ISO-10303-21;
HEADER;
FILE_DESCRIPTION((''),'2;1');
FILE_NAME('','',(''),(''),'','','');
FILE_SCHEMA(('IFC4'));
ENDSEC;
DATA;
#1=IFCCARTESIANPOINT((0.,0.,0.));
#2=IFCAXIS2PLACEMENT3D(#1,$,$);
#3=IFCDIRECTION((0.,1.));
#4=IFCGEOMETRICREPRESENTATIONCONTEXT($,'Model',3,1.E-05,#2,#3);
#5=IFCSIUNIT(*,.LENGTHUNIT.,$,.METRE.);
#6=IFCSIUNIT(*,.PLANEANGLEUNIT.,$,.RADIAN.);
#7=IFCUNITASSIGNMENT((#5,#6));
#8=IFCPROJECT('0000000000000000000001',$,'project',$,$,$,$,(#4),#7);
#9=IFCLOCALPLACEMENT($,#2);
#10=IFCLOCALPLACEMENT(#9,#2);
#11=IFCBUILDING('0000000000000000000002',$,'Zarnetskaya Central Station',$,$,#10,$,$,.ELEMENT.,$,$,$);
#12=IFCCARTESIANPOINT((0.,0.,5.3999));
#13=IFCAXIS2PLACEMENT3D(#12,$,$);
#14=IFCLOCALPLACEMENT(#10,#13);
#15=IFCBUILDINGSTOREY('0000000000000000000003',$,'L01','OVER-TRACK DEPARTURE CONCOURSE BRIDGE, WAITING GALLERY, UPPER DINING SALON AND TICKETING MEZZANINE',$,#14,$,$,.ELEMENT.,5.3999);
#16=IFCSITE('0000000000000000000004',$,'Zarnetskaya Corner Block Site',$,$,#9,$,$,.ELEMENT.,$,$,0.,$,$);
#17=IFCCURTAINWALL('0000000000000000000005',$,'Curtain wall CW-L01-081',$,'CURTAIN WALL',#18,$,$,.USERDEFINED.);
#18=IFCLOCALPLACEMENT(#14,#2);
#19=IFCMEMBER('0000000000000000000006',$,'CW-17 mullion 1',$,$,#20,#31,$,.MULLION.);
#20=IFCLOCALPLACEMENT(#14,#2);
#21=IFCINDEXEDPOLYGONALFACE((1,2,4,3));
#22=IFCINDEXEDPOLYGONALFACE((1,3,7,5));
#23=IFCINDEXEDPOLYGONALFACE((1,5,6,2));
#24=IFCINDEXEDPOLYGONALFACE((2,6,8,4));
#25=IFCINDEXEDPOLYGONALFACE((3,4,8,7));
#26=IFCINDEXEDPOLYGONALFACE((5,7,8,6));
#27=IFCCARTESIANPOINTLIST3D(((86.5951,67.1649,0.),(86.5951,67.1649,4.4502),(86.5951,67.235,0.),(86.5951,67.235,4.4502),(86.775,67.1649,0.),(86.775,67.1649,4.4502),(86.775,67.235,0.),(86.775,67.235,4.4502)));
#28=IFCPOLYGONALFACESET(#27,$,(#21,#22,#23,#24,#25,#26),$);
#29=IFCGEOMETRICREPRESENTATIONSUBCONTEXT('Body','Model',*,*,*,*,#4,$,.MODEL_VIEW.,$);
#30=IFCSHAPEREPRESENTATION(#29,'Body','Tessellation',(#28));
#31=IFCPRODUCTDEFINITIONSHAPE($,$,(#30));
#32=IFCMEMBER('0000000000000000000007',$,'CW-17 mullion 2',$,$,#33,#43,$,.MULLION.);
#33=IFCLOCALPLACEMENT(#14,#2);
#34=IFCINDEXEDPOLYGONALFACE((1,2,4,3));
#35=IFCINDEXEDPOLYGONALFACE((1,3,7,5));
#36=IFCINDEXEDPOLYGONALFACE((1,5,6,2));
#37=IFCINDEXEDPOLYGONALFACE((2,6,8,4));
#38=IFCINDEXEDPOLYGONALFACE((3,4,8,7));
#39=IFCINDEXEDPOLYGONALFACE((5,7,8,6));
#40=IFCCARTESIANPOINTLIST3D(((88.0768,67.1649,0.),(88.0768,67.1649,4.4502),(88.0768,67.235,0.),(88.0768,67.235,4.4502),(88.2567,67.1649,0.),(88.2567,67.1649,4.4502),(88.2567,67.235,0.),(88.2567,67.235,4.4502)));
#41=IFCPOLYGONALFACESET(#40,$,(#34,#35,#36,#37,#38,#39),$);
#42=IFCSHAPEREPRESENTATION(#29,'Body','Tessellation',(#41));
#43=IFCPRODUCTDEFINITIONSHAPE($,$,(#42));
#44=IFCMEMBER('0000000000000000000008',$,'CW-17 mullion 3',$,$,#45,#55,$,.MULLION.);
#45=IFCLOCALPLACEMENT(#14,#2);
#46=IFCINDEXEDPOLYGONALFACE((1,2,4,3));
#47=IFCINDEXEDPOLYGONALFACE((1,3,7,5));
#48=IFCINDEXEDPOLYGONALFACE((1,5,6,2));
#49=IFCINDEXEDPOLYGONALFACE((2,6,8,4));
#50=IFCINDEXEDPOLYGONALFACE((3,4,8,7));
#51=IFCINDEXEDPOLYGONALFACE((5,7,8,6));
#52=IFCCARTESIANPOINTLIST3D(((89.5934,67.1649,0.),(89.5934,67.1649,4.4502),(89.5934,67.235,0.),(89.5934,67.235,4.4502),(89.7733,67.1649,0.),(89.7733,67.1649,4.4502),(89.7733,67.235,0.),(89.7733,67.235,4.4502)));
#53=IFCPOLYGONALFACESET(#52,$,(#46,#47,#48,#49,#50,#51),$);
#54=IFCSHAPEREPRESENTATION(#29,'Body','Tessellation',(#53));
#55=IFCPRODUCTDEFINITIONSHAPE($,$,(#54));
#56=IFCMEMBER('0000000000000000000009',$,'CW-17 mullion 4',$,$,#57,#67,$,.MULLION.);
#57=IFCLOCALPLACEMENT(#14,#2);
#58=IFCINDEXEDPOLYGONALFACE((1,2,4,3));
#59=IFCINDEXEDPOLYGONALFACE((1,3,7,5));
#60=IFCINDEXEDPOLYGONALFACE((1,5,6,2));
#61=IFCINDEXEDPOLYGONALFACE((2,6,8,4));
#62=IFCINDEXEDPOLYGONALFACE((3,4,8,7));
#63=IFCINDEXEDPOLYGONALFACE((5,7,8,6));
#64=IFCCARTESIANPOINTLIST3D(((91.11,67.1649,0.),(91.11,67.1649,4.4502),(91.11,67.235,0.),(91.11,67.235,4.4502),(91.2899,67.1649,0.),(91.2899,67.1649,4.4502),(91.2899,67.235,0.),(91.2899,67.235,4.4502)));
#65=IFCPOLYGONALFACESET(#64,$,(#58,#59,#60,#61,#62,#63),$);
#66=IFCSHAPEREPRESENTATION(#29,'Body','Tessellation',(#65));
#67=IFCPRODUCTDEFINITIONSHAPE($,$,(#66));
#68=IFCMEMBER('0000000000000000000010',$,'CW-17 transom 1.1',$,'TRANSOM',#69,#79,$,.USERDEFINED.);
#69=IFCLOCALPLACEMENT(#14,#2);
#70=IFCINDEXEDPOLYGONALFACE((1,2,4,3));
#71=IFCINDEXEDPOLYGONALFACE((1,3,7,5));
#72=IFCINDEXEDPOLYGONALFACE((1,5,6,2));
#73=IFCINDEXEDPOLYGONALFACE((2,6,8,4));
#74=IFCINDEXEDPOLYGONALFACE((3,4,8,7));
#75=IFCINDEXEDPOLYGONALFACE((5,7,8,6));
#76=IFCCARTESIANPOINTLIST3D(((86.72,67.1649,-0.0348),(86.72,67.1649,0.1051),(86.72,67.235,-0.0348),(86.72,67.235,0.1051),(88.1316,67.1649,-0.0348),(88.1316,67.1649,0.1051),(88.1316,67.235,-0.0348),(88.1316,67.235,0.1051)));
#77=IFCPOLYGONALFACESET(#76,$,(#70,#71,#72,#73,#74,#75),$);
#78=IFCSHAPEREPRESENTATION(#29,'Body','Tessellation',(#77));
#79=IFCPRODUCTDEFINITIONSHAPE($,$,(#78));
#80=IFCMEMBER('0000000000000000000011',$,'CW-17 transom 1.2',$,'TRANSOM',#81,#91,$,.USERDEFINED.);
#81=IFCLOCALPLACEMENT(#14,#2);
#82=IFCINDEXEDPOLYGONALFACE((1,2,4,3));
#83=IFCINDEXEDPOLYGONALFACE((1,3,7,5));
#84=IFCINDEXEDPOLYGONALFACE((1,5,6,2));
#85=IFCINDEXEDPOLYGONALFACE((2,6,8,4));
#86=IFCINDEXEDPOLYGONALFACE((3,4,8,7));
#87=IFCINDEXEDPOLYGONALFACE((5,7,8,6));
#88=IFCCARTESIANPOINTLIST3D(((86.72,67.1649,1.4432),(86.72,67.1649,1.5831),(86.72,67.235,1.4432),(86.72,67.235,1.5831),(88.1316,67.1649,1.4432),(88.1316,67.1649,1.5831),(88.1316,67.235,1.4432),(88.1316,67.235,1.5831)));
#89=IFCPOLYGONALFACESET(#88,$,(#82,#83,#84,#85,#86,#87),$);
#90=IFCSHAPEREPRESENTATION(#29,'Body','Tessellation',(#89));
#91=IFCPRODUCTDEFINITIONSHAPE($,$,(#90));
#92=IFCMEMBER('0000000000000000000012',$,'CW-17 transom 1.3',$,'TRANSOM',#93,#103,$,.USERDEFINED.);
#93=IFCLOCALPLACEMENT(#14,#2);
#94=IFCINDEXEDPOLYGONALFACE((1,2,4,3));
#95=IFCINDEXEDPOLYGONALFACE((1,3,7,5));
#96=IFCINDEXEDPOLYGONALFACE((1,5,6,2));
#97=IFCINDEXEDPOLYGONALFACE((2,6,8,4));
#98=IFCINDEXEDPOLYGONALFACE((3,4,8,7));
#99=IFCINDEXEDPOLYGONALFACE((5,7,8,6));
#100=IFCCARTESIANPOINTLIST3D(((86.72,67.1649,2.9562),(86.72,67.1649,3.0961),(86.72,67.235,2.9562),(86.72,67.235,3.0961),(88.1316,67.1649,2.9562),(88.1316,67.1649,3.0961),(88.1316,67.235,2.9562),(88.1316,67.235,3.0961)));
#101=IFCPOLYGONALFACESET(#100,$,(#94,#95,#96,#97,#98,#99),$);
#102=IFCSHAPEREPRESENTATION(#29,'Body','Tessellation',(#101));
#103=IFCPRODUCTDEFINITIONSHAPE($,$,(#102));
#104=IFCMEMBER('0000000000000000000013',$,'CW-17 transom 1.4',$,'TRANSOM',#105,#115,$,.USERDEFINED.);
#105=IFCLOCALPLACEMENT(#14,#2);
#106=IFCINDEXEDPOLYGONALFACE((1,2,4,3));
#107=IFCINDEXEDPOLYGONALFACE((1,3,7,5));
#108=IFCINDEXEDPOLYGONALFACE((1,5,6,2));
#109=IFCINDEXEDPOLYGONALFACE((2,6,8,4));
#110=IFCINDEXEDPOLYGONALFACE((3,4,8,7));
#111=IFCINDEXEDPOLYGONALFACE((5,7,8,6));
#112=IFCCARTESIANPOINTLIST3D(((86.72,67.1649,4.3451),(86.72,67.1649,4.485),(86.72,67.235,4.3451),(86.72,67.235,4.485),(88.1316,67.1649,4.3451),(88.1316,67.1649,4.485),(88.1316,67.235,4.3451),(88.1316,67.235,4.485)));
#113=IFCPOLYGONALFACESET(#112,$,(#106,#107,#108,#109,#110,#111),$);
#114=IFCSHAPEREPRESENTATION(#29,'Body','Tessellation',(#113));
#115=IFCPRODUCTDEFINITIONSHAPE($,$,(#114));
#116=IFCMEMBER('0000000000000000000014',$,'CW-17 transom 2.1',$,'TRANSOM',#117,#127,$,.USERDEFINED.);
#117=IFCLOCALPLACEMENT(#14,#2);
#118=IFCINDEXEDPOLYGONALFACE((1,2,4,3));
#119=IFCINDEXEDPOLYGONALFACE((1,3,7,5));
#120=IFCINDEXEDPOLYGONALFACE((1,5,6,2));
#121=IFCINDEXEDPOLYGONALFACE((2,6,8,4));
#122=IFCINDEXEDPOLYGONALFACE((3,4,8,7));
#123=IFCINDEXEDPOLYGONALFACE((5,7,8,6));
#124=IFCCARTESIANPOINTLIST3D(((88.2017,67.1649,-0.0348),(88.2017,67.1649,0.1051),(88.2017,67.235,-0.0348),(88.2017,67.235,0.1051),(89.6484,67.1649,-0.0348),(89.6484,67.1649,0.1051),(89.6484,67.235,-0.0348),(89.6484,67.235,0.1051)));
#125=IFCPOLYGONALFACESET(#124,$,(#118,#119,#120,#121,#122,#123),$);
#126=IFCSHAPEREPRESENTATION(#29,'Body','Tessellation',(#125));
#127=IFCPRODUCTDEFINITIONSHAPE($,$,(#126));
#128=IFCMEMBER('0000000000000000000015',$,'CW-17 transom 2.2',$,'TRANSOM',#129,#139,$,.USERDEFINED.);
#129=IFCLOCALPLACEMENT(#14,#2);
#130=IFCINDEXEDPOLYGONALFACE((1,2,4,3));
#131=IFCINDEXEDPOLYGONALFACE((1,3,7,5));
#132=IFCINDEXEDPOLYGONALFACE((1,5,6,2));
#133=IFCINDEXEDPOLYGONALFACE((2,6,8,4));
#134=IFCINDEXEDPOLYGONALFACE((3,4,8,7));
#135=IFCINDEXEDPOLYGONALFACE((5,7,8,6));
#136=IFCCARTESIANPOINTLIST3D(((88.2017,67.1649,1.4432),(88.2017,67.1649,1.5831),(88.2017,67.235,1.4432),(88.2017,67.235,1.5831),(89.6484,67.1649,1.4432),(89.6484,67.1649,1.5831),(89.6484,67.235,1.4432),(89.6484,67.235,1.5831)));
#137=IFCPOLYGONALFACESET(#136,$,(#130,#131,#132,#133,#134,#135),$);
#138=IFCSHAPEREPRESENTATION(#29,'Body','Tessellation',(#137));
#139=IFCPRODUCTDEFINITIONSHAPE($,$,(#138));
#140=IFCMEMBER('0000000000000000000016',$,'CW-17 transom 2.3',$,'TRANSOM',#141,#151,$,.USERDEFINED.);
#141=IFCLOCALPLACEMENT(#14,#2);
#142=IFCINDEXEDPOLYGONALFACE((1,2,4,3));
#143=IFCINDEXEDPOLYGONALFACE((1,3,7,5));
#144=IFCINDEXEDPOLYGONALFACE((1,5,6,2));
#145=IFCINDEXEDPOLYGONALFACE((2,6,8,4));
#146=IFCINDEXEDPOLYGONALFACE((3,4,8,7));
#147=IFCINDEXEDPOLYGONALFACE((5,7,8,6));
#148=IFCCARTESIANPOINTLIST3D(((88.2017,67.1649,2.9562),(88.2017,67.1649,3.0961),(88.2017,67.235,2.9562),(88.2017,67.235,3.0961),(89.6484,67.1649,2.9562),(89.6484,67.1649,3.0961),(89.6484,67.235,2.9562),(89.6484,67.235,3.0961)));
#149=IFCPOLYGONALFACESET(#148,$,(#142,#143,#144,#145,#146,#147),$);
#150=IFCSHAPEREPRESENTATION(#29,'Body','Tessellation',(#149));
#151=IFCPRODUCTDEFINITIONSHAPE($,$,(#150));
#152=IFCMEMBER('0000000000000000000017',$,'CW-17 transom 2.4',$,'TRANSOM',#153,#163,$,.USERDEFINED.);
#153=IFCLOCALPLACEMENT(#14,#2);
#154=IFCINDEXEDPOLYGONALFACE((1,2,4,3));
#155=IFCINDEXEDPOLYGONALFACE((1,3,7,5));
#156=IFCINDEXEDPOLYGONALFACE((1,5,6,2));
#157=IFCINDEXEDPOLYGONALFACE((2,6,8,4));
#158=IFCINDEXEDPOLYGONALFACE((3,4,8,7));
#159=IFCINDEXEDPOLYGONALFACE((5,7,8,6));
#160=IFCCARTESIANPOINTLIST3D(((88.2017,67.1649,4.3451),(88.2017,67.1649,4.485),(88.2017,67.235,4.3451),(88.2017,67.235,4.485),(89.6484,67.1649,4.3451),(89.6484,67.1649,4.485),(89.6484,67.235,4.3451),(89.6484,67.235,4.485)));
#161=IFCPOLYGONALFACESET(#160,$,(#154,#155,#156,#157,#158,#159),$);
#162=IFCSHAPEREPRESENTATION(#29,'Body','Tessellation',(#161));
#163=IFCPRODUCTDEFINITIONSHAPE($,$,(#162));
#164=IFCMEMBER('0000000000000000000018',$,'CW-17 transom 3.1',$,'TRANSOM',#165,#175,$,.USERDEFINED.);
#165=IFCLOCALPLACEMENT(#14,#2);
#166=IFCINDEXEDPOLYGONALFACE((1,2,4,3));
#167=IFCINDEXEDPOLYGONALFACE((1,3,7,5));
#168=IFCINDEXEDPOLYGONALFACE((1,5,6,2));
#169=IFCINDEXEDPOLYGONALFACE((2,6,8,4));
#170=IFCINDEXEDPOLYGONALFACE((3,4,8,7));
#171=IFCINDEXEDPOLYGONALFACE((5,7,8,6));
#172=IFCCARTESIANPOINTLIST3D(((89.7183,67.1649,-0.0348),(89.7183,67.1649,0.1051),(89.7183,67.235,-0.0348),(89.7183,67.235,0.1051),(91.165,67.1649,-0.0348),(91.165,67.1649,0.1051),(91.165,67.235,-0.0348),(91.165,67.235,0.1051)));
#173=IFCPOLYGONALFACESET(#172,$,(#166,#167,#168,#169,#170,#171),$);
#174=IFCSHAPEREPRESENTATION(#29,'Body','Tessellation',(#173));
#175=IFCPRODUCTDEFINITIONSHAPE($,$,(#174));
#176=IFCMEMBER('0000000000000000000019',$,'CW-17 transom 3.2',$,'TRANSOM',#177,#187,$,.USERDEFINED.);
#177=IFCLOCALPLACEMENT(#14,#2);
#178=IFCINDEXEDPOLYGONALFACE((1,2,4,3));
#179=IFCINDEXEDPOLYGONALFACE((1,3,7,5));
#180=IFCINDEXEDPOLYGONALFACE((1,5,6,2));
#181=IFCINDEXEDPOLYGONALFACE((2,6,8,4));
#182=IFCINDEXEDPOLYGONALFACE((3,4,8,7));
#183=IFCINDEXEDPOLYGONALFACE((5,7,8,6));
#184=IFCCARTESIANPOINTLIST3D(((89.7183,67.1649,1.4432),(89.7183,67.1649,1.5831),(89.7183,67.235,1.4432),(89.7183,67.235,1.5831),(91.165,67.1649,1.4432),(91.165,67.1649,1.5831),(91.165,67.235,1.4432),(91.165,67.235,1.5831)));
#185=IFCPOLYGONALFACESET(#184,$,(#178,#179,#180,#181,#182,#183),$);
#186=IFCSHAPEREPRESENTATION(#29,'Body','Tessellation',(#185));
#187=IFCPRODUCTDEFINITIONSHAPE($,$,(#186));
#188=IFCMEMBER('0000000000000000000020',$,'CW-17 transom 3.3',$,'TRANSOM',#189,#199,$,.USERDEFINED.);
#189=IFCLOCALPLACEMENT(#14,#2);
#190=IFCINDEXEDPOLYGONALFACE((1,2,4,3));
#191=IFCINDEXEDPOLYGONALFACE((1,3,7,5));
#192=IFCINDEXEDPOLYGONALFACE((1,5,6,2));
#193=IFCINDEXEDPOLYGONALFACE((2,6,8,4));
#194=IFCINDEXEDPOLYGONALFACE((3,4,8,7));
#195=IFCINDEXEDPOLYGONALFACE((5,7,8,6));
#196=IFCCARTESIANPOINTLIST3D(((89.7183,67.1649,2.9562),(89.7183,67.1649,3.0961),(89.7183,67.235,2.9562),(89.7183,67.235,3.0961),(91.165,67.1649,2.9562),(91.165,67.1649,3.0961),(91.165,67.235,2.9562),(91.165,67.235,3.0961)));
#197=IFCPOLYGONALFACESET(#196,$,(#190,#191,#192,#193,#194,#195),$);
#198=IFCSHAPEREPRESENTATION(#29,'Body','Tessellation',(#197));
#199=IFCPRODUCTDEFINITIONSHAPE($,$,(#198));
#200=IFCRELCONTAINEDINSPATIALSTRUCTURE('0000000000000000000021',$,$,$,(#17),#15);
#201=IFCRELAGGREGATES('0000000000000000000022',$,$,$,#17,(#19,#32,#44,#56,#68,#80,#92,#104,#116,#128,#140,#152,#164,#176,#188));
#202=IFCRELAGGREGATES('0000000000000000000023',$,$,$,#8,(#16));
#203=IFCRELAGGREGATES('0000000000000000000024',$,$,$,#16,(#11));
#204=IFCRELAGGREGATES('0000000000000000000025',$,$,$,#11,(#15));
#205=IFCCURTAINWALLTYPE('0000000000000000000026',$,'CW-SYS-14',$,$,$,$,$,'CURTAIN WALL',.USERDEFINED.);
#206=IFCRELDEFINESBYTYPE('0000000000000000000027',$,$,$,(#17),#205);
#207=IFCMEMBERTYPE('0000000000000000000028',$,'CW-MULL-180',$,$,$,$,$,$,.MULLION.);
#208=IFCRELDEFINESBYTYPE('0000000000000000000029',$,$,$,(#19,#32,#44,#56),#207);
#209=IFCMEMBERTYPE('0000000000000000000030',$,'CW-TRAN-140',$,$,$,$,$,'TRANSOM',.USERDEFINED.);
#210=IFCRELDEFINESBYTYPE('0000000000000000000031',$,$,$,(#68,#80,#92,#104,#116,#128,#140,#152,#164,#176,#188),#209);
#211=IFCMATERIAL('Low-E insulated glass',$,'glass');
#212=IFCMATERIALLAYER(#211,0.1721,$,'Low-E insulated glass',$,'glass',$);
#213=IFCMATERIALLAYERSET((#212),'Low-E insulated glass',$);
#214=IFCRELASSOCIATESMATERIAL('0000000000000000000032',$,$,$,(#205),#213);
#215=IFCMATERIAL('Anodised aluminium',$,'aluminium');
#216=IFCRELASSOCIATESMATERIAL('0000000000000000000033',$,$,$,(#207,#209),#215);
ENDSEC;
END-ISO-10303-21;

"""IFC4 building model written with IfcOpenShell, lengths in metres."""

from ifc_helpers import new_model, si_unit, direction, frame, origin, origin_2d, place, context, subcontext, project, spatial, rectangle, extrude, material, layer, layer_set, material_profile, profile_set, type_object, element, aggregate, save


model = new_model("IFC4")

# Units and contexts
model_context = context("Model", 3, precision=1e-05, world=origin(), true_north=direction((0.0, 1.0)))
body_context = subcontext(model_context, "Body", "Model", "MODEL_VIEW")
ifc_project = project(units=[si_unit("LENGTHUNIT", "METRE"), si_unit("PLANEANGLEUNIT", "RADIAN")], contexts=[model_context])

# Site, building, storey
site_placement = place(None, origin())
site = spatial("IfcSite", under=ifc_project, at=site_placement, Name="Zarnetskaya Corner Block Site", CompositionType="ELEMENT", RefElevation=0.0)
building_placement = place(site_placement, origin())
building = spatial("IfcBuilding", under=site, at=building_placement, Name="Zarnetskaya Central Station", CompositionType="ELEMENT")
storey_placement = place(building_placement, frame((0.0, 0.0, 5.3999)))
storey = spatial("IfcBuildingStorey", under=building, at=storey_placement, Name="L01", Description="OVER-TRACK DEPARTURE CONCOURSE BRIDGE, WAITING GALLERY, UPPER DINING SALON AND TICKETING MEZZANINE", CompositionType="ELEMENT", Elevation=5.3999)

# Curtain wall, members
ifc_material_1 = material(Name="Low-E insulated glass", Category="glass")
ifc_layer_1 = layer(ifc_material_1, 0.1721, Name="Low-E insulated glass", Category="glass")
ifc_layer_set_1 = layer_set([ifc_layer_1], Name="Low-E insulated glass")
curtain_wall_type = type_object("IfcCurtainWallType", Name="CW-SYS-14", ElementType="CURTAIN WALL", PredefinedType="USERDEFINED", material=ifc_layer_set_1)
curtain_wall_placement = place(storey_placement, origin())
curtain_wall = element("IfcCurtainWall", 1, at=curtain_wall_placement, inside=storey, type_object=curtain_wall_type, Name="Curtain wall CW-L01-081", ObjectType="CURTAIN WALL", PredefinedType="USERDEFINED")
ifc_material_2 = material(Name="Anodised aluminium", Category="aluminium")
ifc_material_profile_1 = material_profile(ifc_material_2, rectangle(XDim=0.0701, YDim=0.1799, at=origin_2d()), Name="ALU MULL 70x180")
ifc_profile_set_1 = profile_set([ifc_material_profile_1], Name="Anodised aluminium")
member_type_1 = type_object("IfcMemberType", Name="CW-MULL-180", PredefinedType="MULLION", material=ifc_profile_set_1)
member_1_placement = place(storey_placement, frame((86.6851, 67.2, 0.0), z_axis=(0.0, 0.0, 1.0), x_axis=(0.0, 1.0, 0.0)))
member_1 = element("IfcMember", 2, at=member_1_placement, type_object=member_type_1, Name="CW-17 mullion 1", PredefinedType="MULLION", context=body_context, shape_type="SweptSolid", body=[
    extrude(rectangle(XDim=0.0701, YDim=0.1799, at=origin_2d()), origin(), (0.0, 0.0, 1.0), 4.4502),
])
member_2_placement = place(storey_placement, frame((88.1667, 67.2, 0.0), z_axis=(0.0, 0.0, 1.0), x_axis=(0.0, 1.0, 0.0)))
member_2 = element("IfcMember", 3, at=member_2_placement, type_object=member_type_1, Name="CW-17 mullion 2", PredefinedType="MULLION", context=body_context, shape_type="SweptSolid", body=[
    extrude(rectangle(XDim=0.0701, YDim=0.1799, at=origin_2d()), origin(), (0.0, 0.0, 1.0), 4.4502),
])
member_3_placement = place(storey_placement, frame((89.6833, 67.2, 0.0), z_axis=(0.0, 0.0, 1.0), x_axis=(0.0, 1.0, 0.0)))
member_3 = element("IfcMember", 4, at=member_3_placement, type_object=member_type_1, Name="CW-17 mullion 3", PredefinedType="MULLION", context=body_context, shape_type="SweptSolid", body=[
    extrude(rectangle(XDim=0.0701, YDim=0.1799, at=origin_2d()), origin(), (0.0, 0.0, 1.0), 4.4502),
])
member_4_placement = place(storey_placement, frame((91.2, 67.2, 0.0), z_axis=(0.0, 0.0, 1.0), x_axis=(0.0, 1.0, 0.0)))
member_4 = element("IfcMember", 5, at=member_4_placement, type_object=member_type_1, Name="CW-17 mullion 4", PredefinedType="MULLION", context=body_context, shape_type="SweptSolid", body=[
    extrude(rectangle(XDim=0.0701, YDim=0.1799, at=origin_2d()), origin(), (0.0, 0.0, 1.0), 4.4502),
])
ifc_material_profile_2 = material_profile(ifc_material_2, rectangle(XDim=0.0701, YDim=0.1399, at=origin_2d()), Name="ALU TRAN 70x140")
ifc_profile_set_2 = profile_set([ifc_material_profile_2], Name="Anodised aluminium")
member_type_2 = type_object("IfcMemberType", Name="CW-TRAN-140", ElementType="TRANSOM", PredefinedType="USERDEFINED", material=ifc_profile_set_2)
member_5_placement = place(storey_placement, frame((86.72, 67.2, 0.0352), z_axis=(1.0, 0.0, 0.0), x_axis=(0.0, 1.0, 0.0)))
member_5 = element("IfcMember", 6, at=member_5_placement, type_object=member_type_2, Name="CW-17 transom 1.1", ObjectType="TRANSOM", PredefinedType="USERDEFINED", context=body_context, shape_type="SweptSolid", body=[
    extrude(rectangle(XDim=0.0701, YDim=0.1399, at=origin_2d()), origin(), (0.0, 0.0, 1.0), 1.4116),
])
member_6_placement = place(storey_placement, frame((86.72, 67.2, 1.5132), z_axis=(1.0, 0.0, 0.0), x_axis=(0.0, 1.0, 0.0)))
member_6 = element("IfcMember", 7, at=member_6_placement, type_object=member_type_2, Name="CW-17 transom 1.2", ObjectType="TRANSOM", PredefinedType="USERDEFINED", context=body_context, shape_type="SweptSolid", body=[
    extrude(rectangle(XDim=0.0701, YDim=0.1399, at=origin_2d()), origin(), (0.0, 0.0, 1.0), 1.4116),
])
member_7_placement = place(storey_placement, frame((86.72, 67.2, 3.0261), z_axis=(1.0, 0.0, 0.0), x_axis=(0.0, 1.0, 0.0)))
member_7 = element("IfcMember", 8, at=member_7_placement, type_object=member_type_2, Name="CW-17 transom 1.3", ObjectType="TRANSOM", PredefinedType="USERDEFINED", context=body_context, shape_type="SweptSolid", body=[
    extrude(rectangle(XDim=0.0701, YDim=0.1399, at=origin_2d()), origin(), (0.0, 0.0, 1.0), 1.4116),
])
member_8_placement = place(storey_placement, frame((86.72, 67.2, 4.415), z_axis=(1.0, 0.0, 0.0), x_axis=(0.0, 1.0, 0.0)))
member_8 = element("IfcMember", 9, at=member_8_placement, type_object=member_type_2, Name="CW-17 transom 1.4", ObjectType="TRANSOM", PredefinedType="USERDEFINED", context=body_context, shape_type="SweptSolid", body=[
    extrude(rectangle(XDim=0.0701, YDim=0.1399, at=origin_2d()), origin(), (0.0, 0.0, 1.0), 1.4116),
])
member_9_placement = place(storey_placement, frame((88.2017, 67.2, 0.0352), z_axis=(1.0, 0.0, 0.0), x_axis=(0.0, 1.0, 0.0)))
member_9 = element("IfcMember", 10, at=member_9_placement, type_object=member_type_2, Name="CW-17 transom 2.1", ObjectType="TRANSOM", PredefinedType="USERDEFINED", context=body_context, shape_type="SweptSolid", body=[
    extrude(rectangle(XDim=0.0701, YDim=0.1399, at=origin_2d()), origin(), (0.0, 0.0, 1.0), 1.4468),
])
member_10_placement = place(storey_placement, frame((88.2017, 67.2, 1.5132), z_axis=(1.0, 0.0, 0.0), x_axis=(0.0, 1.0, 0.0)))
member_10 = element("IfcMember", 11, at=member_10_placement, type_object=member_type_2, Name="CW-17 transom 2.2", ObjectType="TRANSOM", PredefinedType="USERDEFINED", context=body_context, shape_type="SweptSolid", body=[
    extrude(rectangle(XDim=0.0701, YDim=0.1399, at=origin_2d()), origin(), (0.0, 0.0, 1.0), 1.4468),
])
member_11_placement = place(storey_placement, frame((88.2017, 67.2, 3.0261), z_axis=(1.0, 0.0, 0.0), x_axis=(0.0, 1.0, 0.0)))
member_11 = element("IfcMember", 12, at=member_11_placement, type_object=member_type_2, Name="CW-17 transom 2.3", ObjectType="TRANSOM", PredefinedType="USERDEFINED", context=body_context, shape_type="SweptSolid", body=[
    extrude(rectangle(XDim=0.0701, YDim=0.1399, at=origin_2d()), origin(), (0.0, 0.0, 1.0), 1.4468),
])
member_12_placement = place(storey_placement, frame((88.2017, 67.2, 4.415), z_axis=(1.0, 0.0, 0.0), x_axis=(0.0, 1.0, 0.0)))
member_12 = element("IfcMember", 13, at=member_12_placement, type_object=member_type_2, Name="CW-17 transom 2.4", ObjectType="TRANSOM", PredefinedType="USERDEFINED", context=body_context, shape_type="SweptSolid", body=[
    extrude(rectangle(XDim=0.0701, YDim=0.1399, at=origin_2d()), origin(), (0.0, 0.0, 1.0), 1.4468),
])
member_13_placement = place(storey_placement, frame((89.7183, 67.2, 0.0352), z_axis=(1.0, 0.0, 0.0), x_axis=(0.0, 1.0, 0.0)))
member_13 = element("IfcMember", 14, at=member_13_placement, type_object=member_type_2, Name="CW-17 transom 3.1", ObjectType="TRANSOM", PredefinedType="USERDEFINED", context=body_context, shape_type="SweptSolid", body=[
    extrude(rectangle(XDim=0.0701, YDim=0.1399, at=origin_2d()), origin(), (0.0, 0.0, 1.0), 1.4468),
])
member_14_placement = place(storey_placement, frame((89.7183, 67.2, 1.5132), z_axis=(1.0, 0.0, 0.0), x_axis=(0.0, 1.0, 0.0)))
member_14 = element("IfcMember", 15, at=member_14_placement, type_object=member_type_2, Name="CW-17 transom 3.2", ObjectType="TRANSOM", PredefinedType="USERDEFINED", context=body_context, shape_type="SweptSolid", body=[
    extrude(rectangle(XDim=0.0701, YDim=0.1399, at=origin_2d()), origin(), (0.0, 0.0, 1.0), 1.4468),
])
member_15_placement = place(storey_placement, frame((89.7183, 67.2, 3.0261), z_axis=(1.0, 0.0, 0.0), x_axis=(0.0, 1.0, 0.0)))
member_15 = element("IfcMember", 16, at=member_15_placement, type_object=member_type_2, Name="CW-17 transom 3.3", ObjectType="TRANSOM", PredefinedType="USERDEFINED", context=body_context, shape_type="SweptSolid", body=[
    extrude(rectangle(XDim=0.0701, YDim=0.1399, at=origin_2d()), origin(), (0.0, 0.0, 1.0), 1.4468),
])

aggregate(curtain_wall, [member_1, member_2, member_3, member_4, member_5, member_6, member_7, member_8, member_9, member_10, member_11, member_12, member_13, member_14, member_15])

save(model, "model.ifc")
